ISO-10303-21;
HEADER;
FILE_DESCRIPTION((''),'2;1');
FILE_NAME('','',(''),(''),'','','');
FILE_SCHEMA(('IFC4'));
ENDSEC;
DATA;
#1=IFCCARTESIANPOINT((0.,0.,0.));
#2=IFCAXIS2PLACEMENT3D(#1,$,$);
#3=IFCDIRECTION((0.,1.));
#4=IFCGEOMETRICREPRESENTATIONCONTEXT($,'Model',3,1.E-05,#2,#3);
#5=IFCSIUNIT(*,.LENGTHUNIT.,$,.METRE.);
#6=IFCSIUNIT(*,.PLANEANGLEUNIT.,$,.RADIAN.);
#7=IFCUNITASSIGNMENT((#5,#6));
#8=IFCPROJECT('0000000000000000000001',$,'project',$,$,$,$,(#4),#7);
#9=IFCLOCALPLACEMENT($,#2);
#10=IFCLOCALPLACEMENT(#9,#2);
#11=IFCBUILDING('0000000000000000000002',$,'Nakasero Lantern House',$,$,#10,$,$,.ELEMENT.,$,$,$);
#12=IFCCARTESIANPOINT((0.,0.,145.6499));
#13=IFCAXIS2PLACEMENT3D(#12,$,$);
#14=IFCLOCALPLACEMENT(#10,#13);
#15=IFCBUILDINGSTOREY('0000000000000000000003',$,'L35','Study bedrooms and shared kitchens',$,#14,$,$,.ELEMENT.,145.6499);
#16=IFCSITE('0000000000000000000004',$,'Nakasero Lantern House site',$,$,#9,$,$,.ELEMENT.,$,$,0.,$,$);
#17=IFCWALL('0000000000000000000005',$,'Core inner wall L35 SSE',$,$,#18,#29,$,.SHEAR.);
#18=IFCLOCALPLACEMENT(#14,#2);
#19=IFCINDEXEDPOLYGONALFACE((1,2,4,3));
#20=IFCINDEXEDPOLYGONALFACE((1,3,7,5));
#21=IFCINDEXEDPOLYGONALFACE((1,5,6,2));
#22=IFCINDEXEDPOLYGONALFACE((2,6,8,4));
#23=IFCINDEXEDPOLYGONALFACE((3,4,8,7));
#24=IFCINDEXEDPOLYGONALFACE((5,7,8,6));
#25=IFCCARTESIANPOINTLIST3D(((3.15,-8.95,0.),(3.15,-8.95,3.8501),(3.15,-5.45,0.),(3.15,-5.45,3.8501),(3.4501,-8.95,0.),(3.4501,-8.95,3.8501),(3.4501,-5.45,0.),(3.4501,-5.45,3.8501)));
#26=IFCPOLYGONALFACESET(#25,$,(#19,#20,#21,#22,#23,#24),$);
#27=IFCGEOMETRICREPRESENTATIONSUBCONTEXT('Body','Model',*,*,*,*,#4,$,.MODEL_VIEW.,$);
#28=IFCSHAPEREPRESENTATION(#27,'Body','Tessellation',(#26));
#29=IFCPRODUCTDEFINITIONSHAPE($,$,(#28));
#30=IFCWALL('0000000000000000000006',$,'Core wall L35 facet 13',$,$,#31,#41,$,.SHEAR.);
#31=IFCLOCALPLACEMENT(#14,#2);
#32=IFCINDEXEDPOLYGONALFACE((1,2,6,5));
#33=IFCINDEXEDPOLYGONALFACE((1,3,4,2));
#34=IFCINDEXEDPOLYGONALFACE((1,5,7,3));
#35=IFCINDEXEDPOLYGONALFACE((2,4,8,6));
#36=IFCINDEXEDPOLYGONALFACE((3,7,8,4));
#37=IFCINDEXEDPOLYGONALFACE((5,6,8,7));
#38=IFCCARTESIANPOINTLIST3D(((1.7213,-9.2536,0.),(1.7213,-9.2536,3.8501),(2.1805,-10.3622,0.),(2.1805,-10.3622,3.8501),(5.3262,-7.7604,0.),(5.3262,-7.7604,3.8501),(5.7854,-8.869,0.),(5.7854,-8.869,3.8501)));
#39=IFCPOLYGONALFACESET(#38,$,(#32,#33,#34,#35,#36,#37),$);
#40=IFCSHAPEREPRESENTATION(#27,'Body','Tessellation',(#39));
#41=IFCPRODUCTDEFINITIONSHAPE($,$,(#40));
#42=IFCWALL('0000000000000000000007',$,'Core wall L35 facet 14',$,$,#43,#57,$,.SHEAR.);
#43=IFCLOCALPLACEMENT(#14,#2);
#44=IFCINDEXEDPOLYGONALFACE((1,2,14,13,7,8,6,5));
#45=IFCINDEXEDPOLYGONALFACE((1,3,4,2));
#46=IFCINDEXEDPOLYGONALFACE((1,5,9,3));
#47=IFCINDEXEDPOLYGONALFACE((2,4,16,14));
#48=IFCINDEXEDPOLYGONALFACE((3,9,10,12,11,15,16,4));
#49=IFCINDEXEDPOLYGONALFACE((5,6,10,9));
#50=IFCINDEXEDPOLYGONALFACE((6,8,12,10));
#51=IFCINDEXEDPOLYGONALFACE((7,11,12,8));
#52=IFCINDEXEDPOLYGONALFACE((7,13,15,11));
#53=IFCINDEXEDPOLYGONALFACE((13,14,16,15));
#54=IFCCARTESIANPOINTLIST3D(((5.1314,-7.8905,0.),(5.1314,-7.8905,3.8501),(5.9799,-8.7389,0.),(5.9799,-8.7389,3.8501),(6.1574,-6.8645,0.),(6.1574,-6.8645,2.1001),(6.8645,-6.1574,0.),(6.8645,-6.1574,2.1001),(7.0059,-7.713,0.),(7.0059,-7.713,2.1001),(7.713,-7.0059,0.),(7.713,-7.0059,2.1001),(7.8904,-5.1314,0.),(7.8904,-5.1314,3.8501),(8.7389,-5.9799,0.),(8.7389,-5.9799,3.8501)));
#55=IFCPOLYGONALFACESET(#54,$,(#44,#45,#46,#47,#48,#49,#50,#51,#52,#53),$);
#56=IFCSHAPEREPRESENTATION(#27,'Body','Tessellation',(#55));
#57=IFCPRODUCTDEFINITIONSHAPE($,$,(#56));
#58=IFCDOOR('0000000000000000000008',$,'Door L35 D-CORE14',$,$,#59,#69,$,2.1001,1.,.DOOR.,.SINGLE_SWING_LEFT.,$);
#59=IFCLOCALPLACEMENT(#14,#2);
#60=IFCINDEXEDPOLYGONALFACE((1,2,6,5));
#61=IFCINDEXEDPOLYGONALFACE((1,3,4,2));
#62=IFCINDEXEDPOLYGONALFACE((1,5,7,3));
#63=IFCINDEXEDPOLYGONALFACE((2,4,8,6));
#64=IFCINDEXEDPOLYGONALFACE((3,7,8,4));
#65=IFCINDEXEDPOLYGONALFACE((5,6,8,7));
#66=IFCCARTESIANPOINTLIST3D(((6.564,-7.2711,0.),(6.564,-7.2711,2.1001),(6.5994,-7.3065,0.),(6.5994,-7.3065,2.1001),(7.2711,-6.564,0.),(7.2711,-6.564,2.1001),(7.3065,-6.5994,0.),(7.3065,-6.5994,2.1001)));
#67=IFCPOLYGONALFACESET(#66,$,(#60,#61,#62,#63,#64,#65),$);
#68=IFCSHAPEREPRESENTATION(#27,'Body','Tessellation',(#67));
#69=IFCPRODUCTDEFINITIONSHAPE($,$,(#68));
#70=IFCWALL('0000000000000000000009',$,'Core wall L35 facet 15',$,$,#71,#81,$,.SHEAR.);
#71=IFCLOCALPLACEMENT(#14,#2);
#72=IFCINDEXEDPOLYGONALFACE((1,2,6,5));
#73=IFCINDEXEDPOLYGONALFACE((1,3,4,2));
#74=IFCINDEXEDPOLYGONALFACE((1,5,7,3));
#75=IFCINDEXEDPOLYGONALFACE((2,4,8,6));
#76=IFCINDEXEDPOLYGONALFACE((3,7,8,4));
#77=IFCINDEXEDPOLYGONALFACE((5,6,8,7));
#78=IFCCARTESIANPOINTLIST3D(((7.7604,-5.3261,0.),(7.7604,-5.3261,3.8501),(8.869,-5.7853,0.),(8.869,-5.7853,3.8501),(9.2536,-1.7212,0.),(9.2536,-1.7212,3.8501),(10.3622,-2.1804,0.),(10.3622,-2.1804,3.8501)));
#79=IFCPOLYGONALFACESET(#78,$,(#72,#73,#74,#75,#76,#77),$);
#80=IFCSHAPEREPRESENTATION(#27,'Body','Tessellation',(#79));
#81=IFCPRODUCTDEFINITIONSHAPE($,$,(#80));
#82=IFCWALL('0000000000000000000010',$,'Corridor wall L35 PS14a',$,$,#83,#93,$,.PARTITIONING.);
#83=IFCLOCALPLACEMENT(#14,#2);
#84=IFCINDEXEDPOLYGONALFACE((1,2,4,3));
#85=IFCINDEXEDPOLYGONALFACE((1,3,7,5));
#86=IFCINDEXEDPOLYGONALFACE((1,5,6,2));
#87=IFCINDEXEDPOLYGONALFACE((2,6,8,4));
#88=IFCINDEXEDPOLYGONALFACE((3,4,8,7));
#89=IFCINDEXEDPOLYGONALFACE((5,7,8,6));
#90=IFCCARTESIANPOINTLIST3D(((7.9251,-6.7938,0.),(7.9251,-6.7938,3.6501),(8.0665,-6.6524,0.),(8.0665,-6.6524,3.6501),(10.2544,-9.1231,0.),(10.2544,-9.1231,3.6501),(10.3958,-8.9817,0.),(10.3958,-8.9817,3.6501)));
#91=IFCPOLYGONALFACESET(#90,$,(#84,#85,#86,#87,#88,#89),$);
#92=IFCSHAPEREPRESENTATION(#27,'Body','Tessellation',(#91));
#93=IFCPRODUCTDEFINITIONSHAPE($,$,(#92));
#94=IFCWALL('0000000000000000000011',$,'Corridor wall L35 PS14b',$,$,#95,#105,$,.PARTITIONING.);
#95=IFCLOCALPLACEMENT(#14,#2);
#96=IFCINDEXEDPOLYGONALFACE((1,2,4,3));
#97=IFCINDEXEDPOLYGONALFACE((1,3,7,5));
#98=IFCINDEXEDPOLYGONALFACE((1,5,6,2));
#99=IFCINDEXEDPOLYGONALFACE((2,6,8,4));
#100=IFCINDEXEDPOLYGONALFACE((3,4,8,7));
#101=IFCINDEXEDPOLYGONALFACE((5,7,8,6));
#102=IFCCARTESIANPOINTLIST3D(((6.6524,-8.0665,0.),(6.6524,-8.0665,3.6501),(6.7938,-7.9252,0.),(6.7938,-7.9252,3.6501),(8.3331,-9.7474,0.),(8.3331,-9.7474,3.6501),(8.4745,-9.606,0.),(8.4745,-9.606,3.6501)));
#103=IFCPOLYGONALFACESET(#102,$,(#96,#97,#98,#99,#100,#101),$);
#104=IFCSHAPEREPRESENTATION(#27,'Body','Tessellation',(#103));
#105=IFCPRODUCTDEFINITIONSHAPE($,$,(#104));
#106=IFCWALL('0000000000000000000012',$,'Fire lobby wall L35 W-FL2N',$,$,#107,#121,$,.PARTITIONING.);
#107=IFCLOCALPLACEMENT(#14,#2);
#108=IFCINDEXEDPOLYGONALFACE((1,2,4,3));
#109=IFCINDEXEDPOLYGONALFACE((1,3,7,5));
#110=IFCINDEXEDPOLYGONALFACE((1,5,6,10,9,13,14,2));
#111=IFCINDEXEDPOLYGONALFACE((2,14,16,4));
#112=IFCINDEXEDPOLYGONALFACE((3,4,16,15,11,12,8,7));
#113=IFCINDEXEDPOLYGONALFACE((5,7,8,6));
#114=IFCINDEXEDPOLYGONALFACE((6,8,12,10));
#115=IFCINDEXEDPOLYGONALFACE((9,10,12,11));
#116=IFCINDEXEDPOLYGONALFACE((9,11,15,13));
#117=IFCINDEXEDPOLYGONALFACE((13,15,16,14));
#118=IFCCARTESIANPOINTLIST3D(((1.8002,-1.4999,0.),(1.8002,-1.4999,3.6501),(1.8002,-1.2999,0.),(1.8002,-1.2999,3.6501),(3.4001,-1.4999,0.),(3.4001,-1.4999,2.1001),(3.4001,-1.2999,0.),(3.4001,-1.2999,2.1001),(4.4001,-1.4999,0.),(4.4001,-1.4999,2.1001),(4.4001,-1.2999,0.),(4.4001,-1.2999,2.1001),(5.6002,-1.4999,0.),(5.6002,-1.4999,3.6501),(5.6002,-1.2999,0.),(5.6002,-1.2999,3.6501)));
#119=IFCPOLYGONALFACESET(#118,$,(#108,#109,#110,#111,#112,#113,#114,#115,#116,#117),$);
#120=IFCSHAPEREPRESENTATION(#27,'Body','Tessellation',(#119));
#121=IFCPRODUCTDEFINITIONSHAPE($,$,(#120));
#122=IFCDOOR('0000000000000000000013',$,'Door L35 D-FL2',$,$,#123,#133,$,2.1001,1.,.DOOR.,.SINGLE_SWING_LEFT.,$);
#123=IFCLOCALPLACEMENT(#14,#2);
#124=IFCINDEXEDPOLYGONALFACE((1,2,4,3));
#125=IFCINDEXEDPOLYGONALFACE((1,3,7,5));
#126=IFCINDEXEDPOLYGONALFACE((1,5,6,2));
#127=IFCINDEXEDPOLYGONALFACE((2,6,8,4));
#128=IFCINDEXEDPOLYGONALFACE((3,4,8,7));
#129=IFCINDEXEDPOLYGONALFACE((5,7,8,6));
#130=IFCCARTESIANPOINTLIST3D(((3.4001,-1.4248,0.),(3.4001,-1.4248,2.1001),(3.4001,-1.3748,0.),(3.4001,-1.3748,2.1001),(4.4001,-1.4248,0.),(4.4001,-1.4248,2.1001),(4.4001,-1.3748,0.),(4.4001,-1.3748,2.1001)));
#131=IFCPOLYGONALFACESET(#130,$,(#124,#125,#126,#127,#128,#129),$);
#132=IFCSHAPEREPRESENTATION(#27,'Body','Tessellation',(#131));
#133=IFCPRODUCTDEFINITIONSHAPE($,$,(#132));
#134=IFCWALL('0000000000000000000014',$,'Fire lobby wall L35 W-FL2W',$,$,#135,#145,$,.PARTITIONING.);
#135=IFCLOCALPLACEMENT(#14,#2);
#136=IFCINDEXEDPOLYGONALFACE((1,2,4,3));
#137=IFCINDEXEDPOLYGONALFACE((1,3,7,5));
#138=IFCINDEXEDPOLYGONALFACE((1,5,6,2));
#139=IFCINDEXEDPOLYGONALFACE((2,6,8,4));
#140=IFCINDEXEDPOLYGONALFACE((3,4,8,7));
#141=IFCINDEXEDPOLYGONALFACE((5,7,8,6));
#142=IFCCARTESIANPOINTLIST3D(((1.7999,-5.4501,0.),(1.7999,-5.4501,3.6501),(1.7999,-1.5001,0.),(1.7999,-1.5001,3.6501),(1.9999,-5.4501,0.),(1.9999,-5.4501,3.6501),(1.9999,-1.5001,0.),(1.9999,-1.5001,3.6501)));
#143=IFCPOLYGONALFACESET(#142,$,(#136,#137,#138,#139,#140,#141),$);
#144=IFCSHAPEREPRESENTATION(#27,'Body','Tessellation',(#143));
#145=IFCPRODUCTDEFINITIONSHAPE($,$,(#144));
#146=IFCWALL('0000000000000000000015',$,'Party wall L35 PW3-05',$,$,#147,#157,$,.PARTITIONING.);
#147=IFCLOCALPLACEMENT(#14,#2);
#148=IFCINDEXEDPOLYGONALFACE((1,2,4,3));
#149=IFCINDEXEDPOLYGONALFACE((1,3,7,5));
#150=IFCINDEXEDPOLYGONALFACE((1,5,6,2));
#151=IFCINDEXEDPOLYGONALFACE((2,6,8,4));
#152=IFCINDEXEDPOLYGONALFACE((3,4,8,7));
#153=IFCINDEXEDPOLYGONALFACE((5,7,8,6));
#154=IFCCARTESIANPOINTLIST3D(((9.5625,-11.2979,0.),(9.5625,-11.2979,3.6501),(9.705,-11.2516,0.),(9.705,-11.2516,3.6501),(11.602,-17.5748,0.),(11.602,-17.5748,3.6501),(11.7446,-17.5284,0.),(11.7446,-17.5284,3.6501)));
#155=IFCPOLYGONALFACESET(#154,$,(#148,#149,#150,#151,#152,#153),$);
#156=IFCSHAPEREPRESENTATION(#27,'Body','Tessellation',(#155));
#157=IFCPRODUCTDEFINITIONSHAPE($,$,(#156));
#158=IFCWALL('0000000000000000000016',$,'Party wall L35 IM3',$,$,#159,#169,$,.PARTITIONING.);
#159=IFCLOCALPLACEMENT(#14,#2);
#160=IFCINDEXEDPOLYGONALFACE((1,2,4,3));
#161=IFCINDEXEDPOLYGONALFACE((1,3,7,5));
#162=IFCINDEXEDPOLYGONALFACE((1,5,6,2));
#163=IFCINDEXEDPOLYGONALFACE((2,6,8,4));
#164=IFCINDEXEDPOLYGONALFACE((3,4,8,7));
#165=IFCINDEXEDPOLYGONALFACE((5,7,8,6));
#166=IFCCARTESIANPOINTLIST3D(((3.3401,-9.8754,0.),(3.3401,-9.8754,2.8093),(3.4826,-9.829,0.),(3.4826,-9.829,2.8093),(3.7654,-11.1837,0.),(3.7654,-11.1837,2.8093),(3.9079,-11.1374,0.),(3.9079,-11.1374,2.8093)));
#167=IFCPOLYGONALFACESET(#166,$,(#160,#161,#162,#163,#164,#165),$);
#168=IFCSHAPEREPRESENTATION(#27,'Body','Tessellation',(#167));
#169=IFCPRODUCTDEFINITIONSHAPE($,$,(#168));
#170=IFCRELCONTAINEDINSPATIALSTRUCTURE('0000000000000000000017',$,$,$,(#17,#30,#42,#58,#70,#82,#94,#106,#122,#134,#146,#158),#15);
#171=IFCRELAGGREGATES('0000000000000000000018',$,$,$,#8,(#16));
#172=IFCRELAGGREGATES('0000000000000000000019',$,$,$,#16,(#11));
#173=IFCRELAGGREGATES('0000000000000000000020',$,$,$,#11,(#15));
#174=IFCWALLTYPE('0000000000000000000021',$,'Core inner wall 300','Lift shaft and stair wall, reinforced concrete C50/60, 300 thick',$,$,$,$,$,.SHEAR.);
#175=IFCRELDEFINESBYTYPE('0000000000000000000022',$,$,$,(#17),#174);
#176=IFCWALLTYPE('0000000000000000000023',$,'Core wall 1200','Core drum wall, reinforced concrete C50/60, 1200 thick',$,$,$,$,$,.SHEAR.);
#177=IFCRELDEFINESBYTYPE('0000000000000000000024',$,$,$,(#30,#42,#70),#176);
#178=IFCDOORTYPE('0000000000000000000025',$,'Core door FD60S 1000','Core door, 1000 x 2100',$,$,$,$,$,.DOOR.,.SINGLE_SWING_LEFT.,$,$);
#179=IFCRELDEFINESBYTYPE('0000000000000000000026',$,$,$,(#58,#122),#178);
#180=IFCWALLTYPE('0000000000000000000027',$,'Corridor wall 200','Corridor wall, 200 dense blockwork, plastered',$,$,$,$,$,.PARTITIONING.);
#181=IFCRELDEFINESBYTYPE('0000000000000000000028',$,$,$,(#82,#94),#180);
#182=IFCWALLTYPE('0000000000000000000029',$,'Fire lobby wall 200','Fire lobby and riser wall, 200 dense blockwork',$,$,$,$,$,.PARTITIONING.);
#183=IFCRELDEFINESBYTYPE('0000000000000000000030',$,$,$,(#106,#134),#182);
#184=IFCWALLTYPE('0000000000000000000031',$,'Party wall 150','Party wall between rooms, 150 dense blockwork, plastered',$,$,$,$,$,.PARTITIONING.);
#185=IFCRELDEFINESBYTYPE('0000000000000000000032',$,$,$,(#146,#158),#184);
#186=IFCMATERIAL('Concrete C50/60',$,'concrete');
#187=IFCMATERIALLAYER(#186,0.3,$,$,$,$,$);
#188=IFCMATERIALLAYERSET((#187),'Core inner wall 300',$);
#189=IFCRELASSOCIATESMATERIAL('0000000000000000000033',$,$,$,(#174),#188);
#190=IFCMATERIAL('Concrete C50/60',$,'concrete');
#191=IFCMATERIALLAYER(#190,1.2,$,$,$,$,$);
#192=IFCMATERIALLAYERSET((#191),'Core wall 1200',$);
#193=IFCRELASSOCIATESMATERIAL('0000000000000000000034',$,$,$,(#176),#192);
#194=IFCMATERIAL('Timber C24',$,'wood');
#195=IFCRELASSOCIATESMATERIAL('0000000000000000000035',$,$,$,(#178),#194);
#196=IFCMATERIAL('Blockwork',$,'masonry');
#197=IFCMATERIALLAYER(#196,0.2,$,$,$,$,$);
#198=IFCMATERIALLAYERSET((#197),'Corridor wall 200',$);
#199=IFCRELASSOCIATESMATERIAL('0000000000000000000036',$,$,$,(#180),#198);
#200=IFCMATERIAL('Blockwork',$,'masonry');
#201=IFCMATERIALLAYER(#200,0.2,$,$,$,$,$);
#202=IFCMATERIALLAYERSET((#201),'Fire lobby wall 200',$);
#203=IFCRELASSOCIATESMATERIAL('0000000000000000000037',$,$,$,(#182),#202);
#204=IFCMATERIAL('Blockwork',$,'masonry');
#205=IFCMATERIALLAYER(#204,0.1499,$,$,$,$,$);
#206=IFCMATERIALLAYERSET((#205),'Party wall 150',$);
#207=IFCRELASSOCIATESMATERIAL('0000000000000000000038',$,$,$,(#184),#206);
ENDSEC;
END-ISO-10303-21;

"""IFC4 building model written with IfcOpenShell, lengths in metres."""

from ifc_helpers import new_model, si_unit, direction, frame, frame_2d, origin, place, context, subcontext, project, spatial, rectangle, extrude, material, layer, layer_set, type_object, element, fill, save


model = new_model("IFC4")

# Units and contexts
model_context = context("Model", 3, precision=1e-05, world=origin(), true_north=direction((0.0, 1.0)))
body_context = subcontext(model_context, "Body", "Model", "MODEL_VIEW")
ifc_project = project(units=[si_unit("LENGTHUNIT", "METRE"), si_unit("PLANEANGLEUNIT", "RADIAN")], contexts=[model_context])

# Site, building, storey
site_placement = place(None, origin())
site = spatial("IfcSite", under=ifc_project, at=site_placement, Name="Nakasero Lantern House site", CompositionType="ELEMENT", RefElevation=0.0)
building_placement = place(site_placement, origin())
building = spatial("IfcBuilding", under=site, at=building_placement, Name="Nakasero Lantern House", CompositionType="ELEMENT")
storey_placement = place(building_placement, frame((0.0, 0.0, 145.6499)))
storey = spatial("IfcBuildingStorey", under=building, at=storey_placement, Name="L35", Description="Study bedrooms and shared kitchens", CompositionType="ELEMENT", Elevation=145.6499)

# Shared definitions
ifc_material_1 = material(Name="Concrete C50/60", Category="concrete")
ifc_layer_1 = layer(ifc_material_1, 0.3)
ifc_layer_set_1 = layer_set([ifc_layer_1], Name="Core inner wall 300")
wall_type_1 = type_object("IfcWallType", Name="Core inner wall 300", Description="Lift shaft and stair wall, reinforced concrete C50/60, 300 thick", PredefinedType="SHEAR", material=ifc_layer_set_1)

# Walls
wall_1_placement = place(storey_placement, frame((3.3, -5.45, 0.0), z_axis=(0.0, 0.0, 1.0), x_axis=(0.0, -1.0, 0.0)))
element("IfcWall", 1, at=wall_1_placement, inside=storey, type_object=wall_type_1, Name="Core inner wall L35 SSE", PredefinedType="SHEAR", context=body_context, shape_type="SweptSolid", body=[
    extrude(rectangle(XDim=3.5, YDim=0.3, at=frame_2d((1.75, 0.0))), origin(), (0.0, 0.0, 1.0), 3.8501),
])
ifc_material_2 = material(Name="Concrete C50/60", Category="concrete")
ifc_layer_2 = layer(ifc_material_2, 1.2)
ifc_layer_set_2 = layer_set([ifc_layer_2], Name="Core wall 1200")
wall_type_2 = type_object("IfcWallType", Name="Core wall 1200", Description="Core drum wall, reinforced concrete C50/60, 1200 thick", PredefinedType="SHEAR", material=ifc_layer_set_2)
wall_2_placement = place(storey_placement, frame((1.9509, -9.8079, 0.0), z_axis=(0.0, 0.0, 1.0), x_axis=(0.923877, 0.382691, 0.0)))
element("IfcWall", 2, at=wall_2_placement, inside=storey, type_object=wall_type_2, Name="Core wall L35 facet 13", PredefinedType="SHEAR", context=body_context, shape_type="SweptSolid", body=[
    extrude(rectangle(XDim=3.9019, YDim=1.2, at=frame_2d((1.9509, 0.0))), origin(), (0.0, 0.0, 1.0), 3.8501),
])

# Wall, opening, door
wall_3_placement = place(storey_placement, frame((5.5557, -8.3147, 0.0), z_axis=(0.0, 0.0, 1.0), x_axis=(0.707107, 0.707107, 0.0)))
wall_3 = element("IfcWall", 3, at=wall_3_placement, inside=storey, type_object=wall_type_2, Name="Core wall L35 facet 14", PredefinedType="SHEAR", context=body_context, shape_type="SweptSolid", body=[
    extrude(rectangle(XDim=3.9019, YDim=1.2, at=frame_2d((1.9509, 0.0))), origin(), (0.0, 0.0, 1.0), 3.8501),
])
opening_1_placement = place(wall_3_placement, frame((1.4509, 0.0, 0.0)))
opening_1 = element("IfcOpeningElement", 4, at=opening_1_placement, cuts=wall_3, PredefinedType="OPENING", context=body_context, shape_type="SweptSolid", body=[
    extrude(rectangle(XDim=1.0, YDim=2.1001, at=frame_2d((0.5, 1.05))), frame((0.0, 0.6199, 0.0), z_axis=(0.0, -1.0, 0.0), x_axis=(1.0, 0.0, 0.0)), (0.0, 0.0, 1.0), 1.24),
])
ifc_material_3 = material(Name="Timber C24", Category="wood")
door_type_1 = type_object("IfcDoorType", Name="Core door FD60S 1000", Description="Core door, 1000 x 2100", OperationType="SINGLE_SWING_LEFT", PredefinedType="DOOR", material=ifc_material_3)
door_1_placement = place(opening_1_placement, origin())
door_1 = element("IfcDoor", 5, at=door_1_placement, inside=storey, type_object=door_type_1, Name="Door L35 D-CORE14", OperationType="SINGLE_SWING_LEFT", OverallHeight=2.1001, OverallWidth=1.0, PredefinedType="DOOR", context=body_context, shape_type="SweptSolid", body=[
    extrude(rectangle(XDim=1.0, YDim=2.1001, at=frame_2d((0.5, 1.05))), frame((0.0, 0.0249, 0.0), z_axis=(0.0, -1.0, 0.0), x_axis=(1.0, 0.0, 0.0)), (0.0, 0.0, 1.0), 0.05),
])
fill(opening_1, door_1)

# Walls
wall_4_placement = place(storey_placement, frame((8.3147, -5.5557, 0.0), z_axis=(0.0, 0.0, 1.0), x_axis=(0.382691, 0.923877, 0.0)))
element("IfcWall", 6, at=wall_4_placement, inside=storey, type_object=wall_type_2, Name="Core wall L35 facet 15", PredefinedType="SHEAR", context=body_context, shape_type="SweptSolid", body=[
    extrude(rectangle(XDim=3.9019, YDim=1.2, at=frame_2d((1.9509, 0.0))), origin(), (0.0, 0.0, 1.0), 3.8501),
])
ifc_material_4 = material(Name="Blockwork", Category="masonry")
ifc_layer_3 = layer(ifc_material_4, 0.2)
ifc_layer_set_3 = layer_set([ifc_layer_3], Name="Corridor wall 200")
wall_type_3 = type_object("IfcWallType", Name="Corridor wall 200", Description="Corridor wall, 200 dense blockwork, plastered", PredefinedType="PARTITIONING", material=ifc_layer_set_3)
wall_5_placement = place(storey_placement, frame((7.9958, -6.7231, 0.0), z_axis=(0.0, 0.0, 1.0), x_axis=(0.707107, -0.707107, 0.0)))
element("IfcWall", 7, at=wall_5_placement, inside=storey, type_object=wall_type_3, Name="Corridor wall L35 PS14a", PredefinedType="PARTITIONING", context=body_context, shape_type="SweptSolid", body=[
    extrude(rectangle(XDim=3.2942, YDim=0.2, at=frame_2d((1.647, 0.0))), origin(), (0.0, 0.0, 1.0), 3.6501),
])
wall_6_placement = place(storey_placement, frame((6.7231, -7.9958, 0.0), z_axis=(0.0, 0.0, 1.0), x_axis=(0.707055, -0.707158, 0.0)))
element("IfcWall", 8, at=wall_6_placement, inside=storey, type_object=wall_type_3, Name="Corridor wall L35 PS14b", PredefinedType="PARTITIONING", context=body_context, shape_type="SweptSolid", body=[
    extrude(rectangle(XDim=2.377, YDim=0.2, at=frame_2d((1.1885, 0.0))), origin(), (0.0, 0.0, 1.0), 3.6501),
])

# Wall, opening, door
ifc_material_5 = material(Name="Blockwork", Category="masonry")
ifc_layer_4 = layer(ifc_material_5, 0.2)
ifc_layer_set_4 = layer_set([ifc_layer_4], Name="Fire lobby wall 200")
wall_type_4 = type_object("IfcWallType", Name="Fire lobby wall 200", Description="Fire lobby and riser wall, 200 dense blockwork", PredefinedType="PARTITIONING", material=ifc_layer_set_4)
wall_7_placement = place(storey_placement, frame((5.6001, -1.3999, 0.0), z_axis=(0.0, 0.0, 1.0), x_axis=(-1.0, 0.0, 0.0)))
wall_7 = element("IfcWall", 9, at=wall_7_placement, inside=storey, type_object=wall_type_4, Name="Fire lobby wall L35 W-FL2N", PredefinedType="PARTITIONING", context=body_context, shape_type="SweptSolid", body=[
    extrude(rectangle(XDim=3.8, YDim=0.2, at=frame_2d((1.8999, 0.0))), origin(), (0.0, 0.0, 1.0), 3.6501),
])
opening_2_placement = place(wall_7_placement, frame((1.2, 0.0, 0.0)))
opening_2 = element("IfcOpeningElement", 10, at=opening_2_placement, cuts=wall_7, PredefinedType="OPENING", context=body_context, shape_type="SweptSolid", body=[
    extrude(rectangle(XDim=1.0, YDim=2.1001, at=frame_2d((0.5, 1.05))), frame((0.0, 0.1199, 0.0), z_axis=(0.0, -1.0, 0.0), x_axis=(1.0, 0.0, 0.0)), (0.0, 0.0, 1.0), 0.24),
])
door_2_placement = place(opening_2_placement, origin())
door_2 = element("IfcDoor", 11, at=door_2_placement, inside=storey, type_object=door_type_1, Name="Door L35 D-FL2", OperationType="SINGLE_SWING_LEFT", OverallHeight=2.1001, OverallWidth=1.0, PredefinedType="DOOR", context=body_context, shape_type="SweptSolid", body=[
    extrude(rectangle(XDim=1.0, YDim=2.1001, at=frame_2d((0.5, 1.05))), frame((0.0, 0.0249, 0.0), z_axis=(0.0, -1.0, 0.0), x_axis=(1.0, 0.0, 0.0)), (0.0, 0.0, 1.0), 0.05),
])
fill(opening_2, door_2)

# Walls
wall_8_placement = place(storey_placement, frame((1.8999, -1.5, 0.0), z_axis=(0.0, 0.0, 1.0), x_axis=(0.0, -1.0, 0.0)))
element("IfcWall", 12, at=wall_8_placement, inside=storey, type_object=wall_type_4, Name="Fire lobby wall L35 W-FL2W", PredefinedType="PARTITIONING", context=body_context, shape_type="SweptSolid", body=[
    extrude(rectangle(XDim=3.95, YDim=0.2, at=frame_2d((1.9751, 0.0))), origin(), (0.0, 0.0, 1.0), 3.6501),
])
ifc_material_6 = material(Name="Blockwork", Category="masonry")
ifc_layer_5 = layer(ifc_material_6, 0.1499)
ifc_layer_set_5 = layer_set([ifc_layer_5], Name="Party wall 150")
wall_type_5 = type_object("IfcWallType", Name="Party wall 150", Description="Party wall between rooms, 150 dense blockwork, plastered", PredefinedType="PARTITIONING", material=ifc_layer_set_5)
wall_9_placement = place(storey_placement, frame((9.6338, -11.2749, 0.0), z_axis=(0.0, 0.0, 1.0), x_axis=(0.309028, -0.951053, 0.0)))
element("IfcWall", 13, at=wall_9_placement, inside=storey, type_object=wall_type_5, Name="Party wall L35 PW3-05", PredefinedType="PARTITIONING", context=body_context, shape_type="SweptSolid", body=[
    extrude(rectangle(XDim=6.5999, YDim=0.1499, at=frame_2d((3.2998, 0.0))), origin(), (0.0, 0.0, 1.0), 3.6501),
])
wall_10_placement = place(storey_placement, frame((3.8367, -11.1606, 0.0), z_axis=(0.0, 0.0, 1.0), x_axis=(-0.309138, 0.951017, 0.0)))
element("IfcWall", 14, at=wall_10_placement, inside=storey, type_object=wall_type_5, Name="Party wall L35 IM3", PredefinedType="PARTITIONING", context=body_context, shape_type="SweptSolid", body=[
    extrude(rectangle(XDim=1.3757, YDim=0.1499, at=frame_2d((0.688, 0.0))), origin(), (0.0, 0.0, 1.0), 2.8093),
])

save(model, "model.ifc")
